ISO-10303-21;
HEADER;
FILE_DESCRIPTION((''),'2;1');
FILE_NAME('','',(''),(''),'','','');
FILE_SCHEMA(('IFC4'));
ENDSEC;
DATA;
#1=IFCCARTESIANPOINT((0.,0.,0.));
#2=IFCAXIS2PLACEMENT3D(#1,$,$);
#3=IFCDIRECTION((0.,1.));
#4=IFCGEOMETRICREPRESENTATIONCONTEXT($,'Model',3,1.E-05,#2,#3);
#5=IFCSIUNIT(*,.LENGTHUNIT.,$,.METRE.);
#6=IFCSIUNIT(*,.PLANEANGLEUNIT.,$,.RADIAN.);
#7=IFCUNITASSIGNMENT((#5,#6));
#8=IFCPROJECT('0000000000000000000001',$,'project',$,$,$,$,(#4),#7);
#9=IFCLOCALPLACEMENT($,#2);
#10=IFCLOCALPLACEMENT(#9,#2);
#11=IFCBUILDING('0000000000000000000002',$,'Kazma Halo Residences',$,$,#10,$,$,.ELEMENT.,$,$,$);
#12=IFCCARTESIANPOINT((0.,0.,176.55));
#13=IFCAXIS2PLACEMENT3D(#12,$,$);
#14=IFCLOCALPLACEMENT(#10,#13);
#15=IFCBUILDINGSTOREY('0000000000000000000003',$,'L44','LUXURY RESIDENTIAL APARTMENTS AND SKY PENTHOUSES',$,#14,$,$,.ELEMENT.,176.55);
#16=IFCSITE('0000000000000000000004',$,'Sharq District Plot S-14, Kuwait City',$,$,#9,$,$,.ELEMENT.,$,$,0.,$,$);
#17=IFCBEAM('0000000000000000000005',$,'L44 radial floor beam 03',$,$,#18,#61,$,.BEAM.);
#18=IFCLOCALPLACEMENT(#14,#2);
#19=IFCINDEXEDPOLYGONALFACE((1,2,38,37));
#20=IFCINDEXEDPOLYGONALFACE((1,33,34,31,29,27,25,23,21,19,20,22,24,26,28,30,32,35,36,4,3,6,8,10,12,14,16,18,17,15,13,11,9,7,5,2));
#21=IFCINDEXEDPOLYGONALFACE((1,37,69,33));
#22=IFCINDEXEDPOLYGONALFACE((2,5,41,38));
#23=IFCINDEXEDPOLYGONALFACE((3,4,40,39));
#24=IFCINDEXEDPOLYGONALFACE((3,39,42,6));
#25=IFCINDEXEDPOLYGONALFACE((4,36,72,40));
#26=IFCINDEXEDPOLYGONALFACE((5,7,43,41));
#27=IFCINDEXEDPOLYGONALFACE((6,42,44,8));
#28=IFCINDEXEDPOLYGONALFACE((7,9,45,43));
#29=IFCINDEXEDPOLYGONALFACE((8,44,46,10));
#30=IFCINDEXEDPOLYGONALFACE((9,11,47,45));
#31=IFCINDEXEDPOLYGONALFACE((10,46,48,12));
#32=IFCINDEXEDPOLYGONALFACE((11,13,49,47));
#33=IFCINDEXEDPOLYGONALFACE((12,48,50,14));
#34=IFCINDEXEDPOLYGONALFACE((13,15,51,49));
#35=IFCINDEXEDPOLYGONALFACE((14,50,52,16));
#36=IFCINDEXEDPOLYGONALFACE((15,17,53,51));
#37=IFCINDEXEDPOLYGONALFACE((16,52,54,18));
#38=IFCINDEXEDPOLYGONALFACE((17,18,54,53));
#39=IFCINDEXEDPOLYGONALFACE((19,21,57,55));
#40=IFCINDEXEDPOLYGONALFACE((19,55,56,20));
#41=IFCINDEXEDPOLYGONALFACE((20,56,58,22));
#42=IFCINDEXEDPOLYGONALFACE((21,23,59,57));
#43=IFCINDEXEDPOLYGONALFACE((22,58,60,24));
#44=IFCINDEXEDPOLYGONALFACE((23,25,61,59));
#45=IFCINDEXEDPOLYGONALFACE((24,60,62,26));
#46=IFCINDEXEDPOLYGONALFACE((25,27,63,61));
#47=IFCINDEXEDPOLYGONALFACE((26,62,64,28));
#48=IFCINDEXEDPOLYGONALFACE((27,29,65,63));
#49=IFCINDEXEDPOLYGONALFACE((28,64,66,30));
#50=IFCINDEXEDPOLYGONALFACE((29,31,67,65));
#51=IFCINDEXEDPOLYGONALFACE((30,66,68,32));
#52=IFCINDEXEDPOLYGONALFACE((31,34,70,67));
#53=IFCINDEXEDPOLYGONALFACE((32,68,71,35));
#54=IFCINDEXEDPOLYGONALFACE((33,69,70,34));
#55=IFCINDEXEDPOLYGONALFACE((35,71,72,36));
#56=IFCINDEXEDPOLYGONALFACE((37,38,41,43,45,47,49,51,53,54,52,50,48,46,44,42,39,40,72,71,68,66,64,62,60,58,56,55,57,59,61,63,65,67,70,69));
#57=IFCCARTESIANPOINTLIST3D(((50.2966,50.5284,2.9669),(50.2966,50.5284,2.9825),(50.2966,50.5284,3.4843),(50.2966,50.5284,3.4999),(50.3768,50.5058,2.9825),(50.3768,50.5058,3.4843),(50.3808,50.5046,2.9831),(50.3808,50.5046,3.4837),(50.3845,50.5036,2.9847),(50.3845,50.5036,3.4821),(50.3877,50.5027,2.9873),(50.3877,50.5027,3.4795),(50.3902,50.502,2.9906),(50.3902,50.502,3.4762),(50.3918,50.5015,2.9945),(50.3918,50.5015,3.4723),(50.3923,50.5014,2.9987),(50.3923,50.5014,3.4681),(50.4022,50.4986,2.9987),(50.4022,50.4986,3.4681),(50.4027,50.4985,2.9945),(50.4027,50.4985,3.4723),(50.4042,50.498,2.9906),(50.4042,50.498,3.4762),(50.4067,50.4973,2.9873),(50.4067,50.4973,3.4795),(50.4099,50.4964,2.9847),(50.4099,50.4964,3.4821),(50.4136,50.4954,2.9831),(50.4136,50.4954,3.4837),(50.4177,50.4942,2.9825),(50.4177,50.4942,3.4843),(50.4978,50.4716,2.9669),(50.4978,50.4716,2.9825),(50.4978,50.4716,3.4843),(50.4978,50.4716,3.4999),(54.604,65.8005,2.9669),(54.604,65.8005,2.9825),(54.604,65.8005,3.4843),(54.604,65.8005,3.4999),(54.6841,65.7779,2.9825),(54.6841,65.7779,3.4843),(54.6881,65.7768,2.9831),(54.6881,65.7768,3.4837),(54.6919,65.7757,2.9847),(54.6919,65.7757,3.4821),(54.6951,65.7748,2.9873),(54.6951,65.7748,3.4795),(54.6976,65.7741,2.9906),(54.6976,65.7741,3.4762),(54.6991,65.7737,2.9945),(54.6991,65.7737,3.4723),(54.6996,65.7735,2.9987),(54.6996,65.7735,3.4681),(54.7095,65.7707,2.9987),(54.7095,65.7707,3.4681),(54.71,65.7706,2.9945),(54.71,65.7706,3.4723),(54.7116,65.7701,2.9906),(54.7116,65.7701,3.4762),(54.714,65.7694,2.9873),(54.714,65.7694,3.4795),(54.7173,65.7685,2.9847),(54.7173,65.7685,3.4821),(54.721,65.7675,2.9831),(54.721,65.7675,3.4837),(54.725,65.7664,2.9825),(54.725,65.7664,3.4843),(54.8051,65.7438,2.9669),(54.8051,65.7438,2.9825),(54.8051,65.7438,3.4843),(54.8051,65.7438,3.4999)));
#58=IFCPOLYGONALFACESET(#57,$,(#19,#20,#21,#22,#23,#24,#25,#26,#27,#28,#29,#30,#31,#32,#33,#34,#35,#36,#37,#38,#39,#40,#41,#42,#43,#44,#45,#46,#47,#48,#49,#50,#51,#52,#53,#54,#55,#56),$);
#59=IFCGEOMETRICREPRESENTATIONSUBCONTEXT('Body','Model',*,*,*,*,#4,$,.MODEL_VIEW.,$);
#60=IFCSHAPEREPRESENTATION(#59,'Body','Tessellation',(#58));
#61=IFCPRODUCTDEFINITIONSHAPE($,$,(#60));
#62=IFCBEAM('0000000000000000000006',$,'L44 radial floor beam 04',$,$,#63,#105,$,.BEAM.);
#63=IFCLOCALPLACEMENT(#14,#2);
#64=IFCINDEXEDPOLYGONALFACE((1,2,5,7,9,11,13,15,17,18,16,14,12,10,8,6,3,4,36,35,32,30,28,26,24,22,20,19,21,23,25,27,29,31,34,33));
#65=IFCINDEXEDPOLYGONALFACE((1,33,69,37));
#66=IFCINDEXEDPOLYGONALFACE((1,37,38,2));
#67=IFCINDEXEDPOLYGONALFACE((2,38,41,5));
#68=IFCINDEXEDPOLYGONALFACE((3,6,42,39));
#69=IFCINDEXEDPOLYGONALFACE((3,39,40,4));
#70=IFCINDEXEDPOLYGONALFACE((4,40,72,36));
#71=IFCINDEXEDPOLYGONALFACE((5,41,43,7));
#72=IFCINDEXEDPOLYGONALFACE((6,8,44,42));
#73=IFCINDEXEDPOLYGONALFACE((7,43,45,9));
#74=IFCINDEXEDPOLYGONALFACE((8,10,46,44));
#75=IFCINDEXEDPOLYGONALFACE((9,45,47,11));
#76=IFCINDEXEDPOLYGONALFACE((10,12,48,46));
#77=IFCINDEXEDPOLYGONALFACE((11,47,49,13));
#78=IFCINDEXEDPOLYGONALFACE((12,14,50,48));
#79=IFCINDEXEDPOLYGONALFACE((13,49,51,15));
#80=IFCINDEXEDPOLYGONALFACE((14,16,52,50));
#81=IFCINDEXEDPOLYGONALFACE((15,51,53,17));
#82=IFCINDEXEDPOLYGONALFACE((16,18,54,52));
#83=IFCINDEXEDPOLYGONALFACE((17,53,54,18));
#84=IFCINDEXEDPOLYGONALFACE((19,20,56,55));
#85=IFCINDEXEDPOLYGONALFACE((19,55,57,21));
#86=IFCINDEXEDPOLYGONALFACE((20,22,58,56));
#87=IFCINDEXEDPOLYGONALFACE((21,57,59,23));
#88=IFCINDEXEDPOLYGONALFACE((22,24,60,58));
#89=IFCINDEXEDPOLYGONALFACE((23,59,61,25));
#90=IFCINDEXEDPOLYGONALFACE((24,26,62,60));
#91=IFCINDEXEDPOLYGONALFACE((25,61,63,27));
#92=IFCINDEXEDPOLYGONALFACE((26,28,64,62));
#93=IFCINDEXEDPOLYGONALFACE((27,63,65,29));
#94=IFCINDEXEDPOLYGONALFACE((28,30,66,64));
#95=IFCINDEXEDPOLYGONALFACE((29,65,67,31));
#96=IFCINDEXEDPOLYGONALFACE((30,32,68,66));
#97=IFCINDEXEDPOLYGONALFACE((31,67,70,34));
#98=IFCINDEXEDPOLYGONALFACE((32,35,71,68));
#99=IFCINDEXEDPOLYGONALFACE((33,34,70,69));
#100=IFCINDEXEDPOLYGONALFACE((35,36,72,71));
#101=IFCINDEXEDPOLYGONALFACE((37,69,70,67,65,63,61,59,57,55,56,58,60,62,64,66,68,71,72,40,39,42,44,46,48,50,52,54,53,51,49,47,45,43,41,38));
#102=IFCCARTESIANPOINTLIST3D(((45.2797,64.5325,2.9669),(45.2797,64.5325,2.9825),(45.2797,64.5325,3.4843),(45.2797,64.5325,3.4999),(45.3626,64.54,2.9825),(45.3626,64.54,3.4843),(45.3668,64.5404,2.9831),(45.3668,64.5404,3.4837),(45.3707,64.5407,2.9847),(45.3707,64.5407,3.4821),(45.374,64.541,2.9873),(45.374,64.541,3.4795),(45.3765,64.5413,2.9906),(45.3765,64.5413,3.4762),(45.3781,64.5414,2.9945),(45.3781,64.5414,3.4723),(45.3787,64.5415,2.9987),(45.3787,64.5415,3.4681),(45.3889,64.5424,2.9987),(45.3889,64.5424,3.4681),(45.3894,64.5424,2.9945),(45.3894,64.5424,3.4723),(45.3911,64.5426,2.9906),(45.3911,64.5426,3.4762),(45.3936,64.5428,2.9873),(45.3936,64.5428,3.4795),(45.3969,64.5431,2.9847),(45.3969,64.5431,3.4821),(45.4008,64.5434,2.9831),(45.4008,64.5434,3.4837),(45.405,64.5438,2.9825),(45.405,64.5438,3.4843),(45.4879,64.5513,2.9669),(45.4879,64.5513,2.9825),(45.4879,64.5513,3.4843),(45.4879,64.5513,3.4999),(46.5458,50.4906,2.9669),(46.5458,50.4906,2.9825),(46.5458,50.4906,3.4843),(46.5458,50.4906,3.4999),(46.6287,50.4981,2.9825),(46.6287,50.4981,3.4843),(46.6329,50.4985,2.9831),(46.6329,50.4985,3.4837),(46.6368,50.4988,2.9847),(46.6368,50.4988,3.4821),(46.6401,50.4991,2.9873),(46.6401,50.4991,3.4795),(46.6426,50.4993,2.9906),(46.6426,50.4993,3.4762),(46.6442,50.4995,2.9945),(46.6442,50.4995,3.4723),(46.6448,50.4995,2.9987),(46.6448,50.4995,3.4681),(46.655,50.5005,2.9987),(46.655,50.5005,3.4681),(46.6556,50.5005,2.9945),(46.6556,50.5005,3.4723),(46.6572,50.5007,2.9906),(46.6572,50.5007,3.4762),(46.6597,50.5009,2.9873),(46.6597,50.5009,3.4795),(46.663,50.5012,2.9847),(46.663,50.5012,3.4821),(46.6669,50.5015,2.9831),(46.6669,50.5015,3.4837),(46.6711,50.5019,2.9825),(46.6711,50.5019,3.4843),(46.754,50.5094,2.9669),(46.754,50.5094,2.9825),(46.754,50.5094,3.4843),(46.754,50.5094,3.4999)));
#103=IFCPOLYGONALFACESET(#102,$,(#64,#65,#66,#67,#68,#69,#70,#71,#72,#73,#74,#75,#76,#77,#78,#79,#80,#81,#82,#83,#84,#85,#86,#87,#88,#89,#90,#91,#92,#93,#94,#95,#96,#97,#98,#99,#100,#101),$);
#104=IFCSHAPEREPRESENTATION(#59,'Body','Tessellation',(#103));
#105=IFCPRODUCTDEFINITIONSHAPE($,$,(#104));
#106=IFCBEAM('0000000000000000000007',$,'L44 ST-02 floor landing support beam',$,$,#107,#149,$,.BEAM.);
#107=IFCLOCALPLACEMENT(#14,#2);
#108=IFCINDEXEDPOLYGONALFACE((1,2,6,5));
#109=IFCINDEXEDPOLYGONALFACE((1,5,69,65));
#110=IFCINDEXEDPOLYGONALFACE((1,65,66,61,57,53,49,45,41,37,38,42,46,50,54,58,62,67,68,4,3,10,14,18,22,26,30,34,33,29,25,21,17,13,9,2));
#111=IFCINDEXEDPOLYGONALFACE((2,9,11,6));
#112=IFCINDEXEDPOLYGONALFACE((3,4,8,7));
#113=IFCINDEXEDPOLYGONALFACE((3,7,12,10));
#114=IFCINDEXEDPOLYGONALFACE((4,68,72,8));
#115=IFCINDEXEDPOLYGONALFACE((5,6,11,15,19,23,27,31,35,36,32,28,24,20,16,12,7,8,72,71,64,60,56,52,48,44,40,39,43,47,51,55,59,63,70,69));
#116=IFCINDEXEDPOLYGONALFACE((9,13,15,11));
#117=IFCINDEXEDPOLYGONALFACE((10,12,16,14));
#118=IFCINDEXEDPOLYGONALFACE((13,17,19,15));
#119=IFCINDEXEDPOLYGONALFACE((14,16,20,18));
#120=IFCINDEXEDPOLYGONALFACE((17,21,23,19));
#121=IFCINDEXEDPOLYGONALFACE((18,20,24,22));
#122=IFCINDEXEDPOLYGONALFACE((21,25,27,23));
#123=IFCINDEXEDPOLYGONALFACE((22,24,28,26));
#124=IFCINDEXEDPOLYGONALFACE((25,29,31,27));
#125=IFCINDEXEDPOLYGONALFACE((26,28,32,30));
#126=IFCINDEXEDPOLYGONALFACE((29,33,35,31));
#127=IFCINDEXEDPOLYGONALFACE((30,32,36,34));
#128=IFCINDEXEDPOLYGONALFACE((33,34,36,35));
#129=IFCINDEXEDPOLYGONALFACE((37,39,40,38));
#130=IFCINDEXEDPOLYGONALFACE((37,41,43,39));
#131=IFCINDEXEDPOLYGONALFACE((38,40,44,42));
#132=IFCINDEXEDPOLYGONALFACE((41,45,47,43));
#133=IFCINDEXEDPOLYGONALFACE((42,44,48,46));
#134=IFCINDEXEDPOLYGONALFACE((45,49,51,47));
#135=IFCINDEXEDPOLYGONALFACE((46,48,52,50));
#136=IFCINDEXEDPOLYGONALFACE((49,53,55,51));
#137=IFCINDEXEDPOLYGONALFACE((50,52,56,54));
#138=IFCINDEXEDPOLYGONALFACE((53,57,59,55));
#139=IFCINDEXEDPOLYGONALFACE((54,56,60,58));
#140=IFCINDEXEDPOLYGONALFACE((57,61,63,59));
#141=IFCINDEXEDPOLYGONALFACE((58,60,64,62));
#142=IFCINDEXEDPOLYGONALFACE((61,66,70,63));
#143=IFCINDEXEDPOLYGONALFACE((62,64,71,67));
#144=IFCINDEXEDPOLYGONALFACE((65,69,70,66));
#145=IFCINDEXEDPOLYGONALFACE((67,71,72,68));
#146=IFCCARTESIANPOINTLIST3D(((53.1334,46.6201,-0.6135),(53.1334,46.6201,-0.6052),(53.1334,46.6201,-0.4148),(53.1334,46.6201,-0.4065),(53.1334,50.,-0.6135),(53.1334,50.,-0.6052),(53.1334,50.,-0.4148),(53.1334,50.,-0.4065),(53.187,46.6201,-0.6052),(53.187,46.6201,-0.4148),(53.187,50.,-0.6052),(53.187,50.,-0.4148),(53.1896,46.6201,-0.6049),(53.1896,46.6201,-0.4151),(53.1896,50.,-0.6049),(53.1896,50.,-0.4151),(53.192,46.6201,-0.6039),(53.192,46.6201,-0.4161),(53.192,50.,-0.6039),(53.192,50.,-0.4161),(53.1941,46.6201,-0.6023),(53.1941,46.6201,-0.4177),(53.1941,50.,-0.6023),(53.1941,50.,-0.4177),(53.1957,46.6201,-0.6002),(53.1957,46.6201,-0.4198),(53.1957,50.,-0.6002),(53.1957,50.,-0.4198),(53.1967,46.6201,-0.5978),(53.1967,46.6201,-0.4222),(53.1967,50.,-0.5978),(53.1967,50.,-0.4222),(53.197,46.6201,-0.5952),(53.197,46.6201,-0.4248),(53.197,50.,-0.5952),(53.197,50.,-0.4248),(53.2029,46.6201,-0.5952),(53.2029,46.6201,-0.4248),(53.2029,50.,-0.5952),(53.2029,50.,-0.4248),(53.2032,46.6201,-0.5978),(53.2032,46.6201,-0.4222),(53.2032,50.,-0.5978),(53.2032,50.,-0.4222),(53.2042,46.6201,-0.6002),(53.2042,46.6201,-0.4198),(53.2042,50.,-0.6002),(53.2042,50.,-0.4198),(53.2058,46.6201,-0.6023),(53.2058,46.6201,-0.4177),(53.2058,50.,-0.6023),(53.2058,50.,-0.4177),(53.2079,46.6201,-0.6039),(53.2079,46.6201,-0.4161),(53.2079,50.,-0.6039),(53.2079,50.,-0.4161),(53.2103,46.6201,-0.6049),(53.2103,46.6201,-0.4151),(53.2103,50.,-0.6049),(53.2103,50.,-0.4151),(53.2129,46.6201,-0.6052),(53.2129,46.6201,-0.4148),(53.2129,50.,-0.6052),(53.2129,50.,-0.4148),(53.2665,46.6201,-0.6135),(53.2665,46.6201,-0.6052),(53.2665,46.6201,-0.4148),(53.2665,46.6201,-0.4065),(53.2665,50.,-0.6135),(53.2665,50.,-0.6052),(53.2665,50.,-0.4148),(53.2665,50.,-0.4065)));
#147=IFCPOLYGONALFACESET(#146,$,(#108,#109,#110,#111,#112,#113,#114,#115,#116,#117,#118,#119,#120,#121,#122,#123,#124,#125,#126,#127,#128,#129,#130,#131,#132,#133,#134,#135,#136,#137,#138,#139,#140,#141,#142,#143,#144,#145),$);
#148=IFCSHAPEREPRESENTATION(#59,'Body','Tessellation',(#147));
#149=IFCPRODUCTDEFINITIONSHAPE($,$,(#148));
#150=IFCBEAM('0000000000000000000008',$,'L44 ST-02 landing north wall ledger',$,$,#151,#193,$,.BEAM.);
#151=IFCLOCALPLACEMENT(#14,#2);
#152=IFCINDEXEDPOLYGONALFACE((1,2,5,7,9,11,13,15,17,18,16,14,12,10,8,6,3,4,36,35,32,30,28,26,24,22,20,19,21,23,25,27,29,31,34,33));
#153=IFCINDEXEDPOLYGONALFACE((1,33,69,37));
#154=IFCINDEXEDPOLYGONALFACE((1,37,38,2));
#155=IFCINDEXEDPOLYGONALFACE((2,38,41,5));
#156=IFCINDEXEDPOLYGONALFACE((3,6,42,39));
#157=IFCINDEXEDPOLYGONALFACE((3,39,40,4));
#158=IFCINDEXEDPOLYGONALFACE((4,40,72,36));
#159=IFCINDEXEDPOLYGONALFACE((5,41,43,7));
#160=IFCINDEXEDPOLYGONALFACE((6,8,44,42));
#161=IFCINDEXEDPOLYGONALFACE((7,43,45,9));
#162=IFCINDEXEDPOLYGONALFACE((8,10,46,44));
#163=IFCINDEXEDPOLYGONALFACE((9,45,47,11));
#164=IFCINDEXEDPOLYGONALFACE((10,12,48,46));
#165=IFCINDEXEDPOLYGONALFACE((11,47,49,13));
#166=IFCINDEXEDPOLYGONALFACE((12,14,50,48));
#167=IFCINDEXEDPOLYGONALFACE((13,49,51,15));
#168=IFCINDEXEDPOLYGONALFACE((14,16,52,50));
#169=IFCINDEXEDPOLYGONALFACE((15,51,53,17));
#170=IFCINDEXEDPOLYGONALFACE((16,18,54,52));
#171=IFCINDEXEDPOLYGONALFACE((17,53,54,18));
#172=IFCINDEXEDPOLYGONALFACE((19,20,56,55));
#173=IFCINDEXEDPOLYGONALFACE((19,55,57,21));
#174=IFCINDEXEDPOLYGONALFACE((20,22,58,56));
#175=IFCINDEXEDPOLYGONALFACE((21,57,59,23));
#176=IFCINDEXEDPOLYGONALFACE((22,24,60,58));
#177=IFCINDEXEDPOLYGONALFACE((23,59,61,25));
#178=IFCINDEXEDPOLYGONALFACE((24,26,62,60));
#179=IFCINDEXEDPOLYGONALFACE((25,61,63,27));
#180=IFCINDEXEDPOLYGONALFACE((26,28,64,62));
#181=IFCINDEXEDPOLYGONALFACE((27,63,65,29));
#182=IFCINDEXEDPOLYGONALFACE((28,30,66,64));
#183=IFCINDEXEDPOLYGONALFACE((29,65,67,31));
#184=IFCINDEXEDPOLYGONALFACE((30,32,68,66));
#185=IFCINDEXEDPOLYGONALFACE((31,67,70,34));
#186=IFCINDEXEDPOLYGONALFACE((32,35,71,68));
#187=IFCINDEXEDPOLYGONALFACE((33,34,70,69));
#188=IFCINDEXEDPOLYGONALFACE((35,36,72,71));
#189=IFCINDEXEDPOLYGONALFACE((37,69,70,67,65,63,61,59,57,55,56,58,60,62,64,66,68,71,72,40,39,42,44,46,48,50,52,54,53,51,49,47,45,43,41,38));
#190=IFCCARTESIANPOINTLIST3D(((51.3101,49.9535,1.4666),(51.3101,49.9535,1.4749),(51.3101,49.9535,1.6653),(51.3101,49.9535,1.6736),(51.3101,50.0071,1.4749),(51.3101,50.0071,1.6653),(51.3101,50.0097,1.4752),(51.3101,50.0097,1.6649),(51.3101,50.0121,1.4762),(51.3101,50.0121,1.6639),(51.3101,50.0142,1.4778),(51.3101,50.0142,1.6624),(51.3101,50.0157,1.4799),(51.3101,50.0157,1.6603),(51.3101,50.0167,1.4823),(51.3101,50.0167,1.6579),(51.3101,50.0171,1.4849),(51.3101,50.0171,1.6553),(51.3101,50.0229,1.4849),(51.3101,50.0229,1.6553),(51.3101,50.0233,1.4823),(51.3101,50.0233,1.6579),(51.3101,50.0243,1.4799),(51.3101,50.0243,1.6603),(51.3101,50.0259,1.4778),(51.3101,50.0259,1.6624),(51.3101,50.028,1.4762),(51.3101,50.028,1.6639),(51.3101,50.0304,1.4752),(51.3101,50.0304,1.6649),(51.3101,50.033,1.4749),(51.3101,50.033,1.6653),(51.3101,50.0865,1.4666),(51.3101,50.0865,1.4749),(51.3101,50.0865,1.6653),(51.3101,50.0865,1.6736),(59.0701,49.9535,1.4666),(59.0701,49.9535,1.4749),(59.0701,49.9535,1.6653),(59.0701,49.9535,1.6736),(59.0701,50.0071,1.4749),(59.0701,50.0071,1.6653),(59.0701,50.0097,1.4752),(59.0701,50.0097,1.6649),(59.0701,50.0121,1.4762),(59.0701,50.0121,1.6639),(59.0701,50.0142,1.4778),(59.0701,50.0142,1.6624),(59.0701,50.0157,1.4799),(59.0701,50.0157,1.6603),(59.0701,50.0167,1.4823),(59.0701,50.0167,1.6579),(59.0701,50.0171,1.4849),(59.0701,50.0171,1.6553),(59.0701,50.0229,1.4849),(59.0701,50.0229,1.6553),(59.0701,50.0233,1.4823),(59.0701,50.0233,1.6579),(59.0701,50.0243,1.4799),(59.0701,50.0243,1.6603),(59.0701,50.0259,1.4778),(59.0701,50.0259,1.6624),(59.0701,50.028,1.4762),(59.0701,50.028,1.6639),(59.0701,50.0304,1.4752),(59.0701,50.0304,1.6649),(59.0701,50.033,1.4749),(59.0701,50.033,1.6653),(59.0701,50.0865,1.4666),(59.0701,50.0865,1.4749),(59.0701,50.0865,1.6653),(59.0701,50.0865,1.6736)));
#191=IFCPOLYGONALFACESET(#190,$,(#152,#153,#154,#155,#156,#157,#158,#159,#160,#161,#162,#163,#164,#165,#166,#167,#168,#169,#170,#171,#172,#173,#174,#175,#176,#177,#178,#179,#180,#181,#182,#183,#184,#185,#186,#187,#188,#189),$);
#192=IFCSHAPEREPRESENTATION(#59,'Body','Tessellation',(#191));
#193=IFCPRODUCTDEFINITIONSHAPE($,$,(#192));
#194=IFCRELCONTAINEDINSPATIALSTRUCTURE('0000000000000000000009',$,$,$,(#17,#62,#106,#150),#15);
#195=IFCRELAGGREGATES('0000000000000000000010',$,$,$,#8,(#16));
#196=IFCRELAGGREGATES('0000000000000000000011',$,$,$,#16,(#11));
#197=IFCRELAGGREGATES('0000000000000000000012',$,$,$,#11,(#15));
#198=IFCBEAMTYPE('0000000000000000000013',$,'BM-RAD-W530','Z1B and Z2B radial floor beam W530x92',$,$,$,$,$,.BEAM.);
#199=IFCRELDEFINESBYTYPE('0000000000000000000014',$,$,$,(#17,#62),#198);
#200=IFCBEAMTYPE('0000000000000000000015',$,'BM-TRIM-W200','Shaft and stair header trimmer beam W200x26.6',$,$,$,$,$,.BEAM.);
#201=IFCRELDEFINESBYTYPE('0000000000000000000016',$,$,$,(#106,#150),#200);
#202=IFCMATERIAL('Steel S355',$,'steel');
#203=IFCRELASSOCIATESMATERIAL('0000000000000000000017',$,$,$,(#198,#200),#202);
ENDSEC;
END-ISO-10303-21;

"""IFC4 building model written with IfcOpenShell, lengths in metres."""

from ifc_helpers import new_model, si_unit, direction, frame, origin, origin_2d, place, context, subcontext, project, spatial, i_section, extrude, material, material_profile, profile_set, type_object, element, save


model = new_model("IFC4")

# Units and contexts
model_context = context("Model", 3, precision=1e-05, world=origin(), true_north=direction((0.0, 1.0)))
body_context = subcontext(model_context, "Body", "Model", "MODEL_VIEW")
ifc_project = project(units=[si_unit("LENGTHUNIT", "METRE"), si_unit("PLANEANGLEUNIT", "RADIAN")], contexts=[model_context])

# Site, building, storey
site_placement = place(None, origin())
site = spatial("IfcSite", under=ifc_project, at=site_placement, Name="Sharq District Plot S-14, Kuwait City", CompositionType="ELEMENT", RefElevation=0.0)
building_placement = place(site_placement, origin())
building = spatial("IfcBuilding", under=site, at=building_placement, Name="Kazma Halo Residences", CompositionType="ELEMENT")
storey_placement = place(building_placement, frame((0.0, 0.0, 176.55)))
storey = spatial("IfcBuildingStorey", under=building, at=storey_placement, Name="L44", Description="LUXURY RESIDENTIAL APARTMENTS AND SKY PENTHOUSES", CompositionType="ELEMENT", Elevation=176.55)

# Shared definitions
ifc_material_1 = material(Name="Steel S355", Category="steel")

# Beams
ifc_material_profile_1 = material_profile(ifc_material_1, i_section(OverallWidth=0.209, OverallDepth=0.533, WebThickness=0.0103, FlangeThickness=0.0156, FilletRadius=0.0161, at=origin_2d()), Name="W530x92")
ifc_profile_set_1 = profile_set([ifc_material_profile_1], Name="Steel S355")
beam_type_1 = type_object("IfcBeamType", Name="BM-RAD-W530", Description="Z1B and Z2B radial floor beam W530x92", PredefinedType="BEAM", material=ifc_profile_set_1)
beam_1_placement = place(storey_placement, frame((50.3972, 50.5, 3.2334), z_axis=(0.27145, 0.962453, 0.0), x_axis=(-0.962453, 0.27145, 0.0)))
element("IfcBeam", 1, at=beam_1_placement, inside=storey, type_object=beam_type_1, Name="L44 radial floor beam 03", PredefinedType="BEAM", context=body_context, shape_type="SweptSolid", body=[
    extrude(i_section(OverallWidth=0.209, OverallDepth=0.533, WebThickness=0.0103, FlangeThickness=0.0156, FilletRadius=0.0161, at=origin_2d()), origin(), (0.0, 0.0, 1.0), 15.8679),
])
beam_2_placement = place(storey_placement, frame((46.6499, 50.5, 3.2334), z_axis=(-0.089802, 0.99596, 0.0), x_axis=(-0.99596, -0.089802, 0.0)))
element("IfcBeam", 2, at=beam_2_placement, inside=storey, type_object=beam_type_1, Name="L44 radial floor beam 04", PredefinedType="BEAM", context=body_context, shape_type="SweptSolid", body=[
    extrude(i_section(OverallWidth=0.209, OverallDepth=0.533, WebThickness=0.0103, FlangeThickness=0.0156, FilletRadius=0.0161, at=origin_2d()), origin(), (0.0, 0.0, 1.0), 14.0989),
])
ifc_material_profile_2 = material_profile(ifc_material_1, i_section(OverallWidth=0.1331, OverallDepth=0.207, WebThickness=0.0059, FlangeThickness=0.0083, FilletRadius=0.01, at=origin_2d()), Name="W200x26.6")
ifc_profile_set_2 = profile_set([ifc_material_profile_2], Name="Steel S355")
beam_type_2 = type_object("IfcBeamType", Name="BM-TRIM-W200", Description="Shaft and stair header trimmer beam W200x26.6", PredefinedType="BEAM", material=ifc_profile_set_2)
beam_3_placement = place(storey_placement, frame((53.2, 46.6201, -0.51), z_axis=(0.0, 1.0, 0.0), x_axis=(-1.0, 0.0, 0.0)))
element("IfcBeam", 3, at=beam_3_placement, inside=storey, type_object=beam_type_2, Name="L44 ST-02 floor landing support beam", PredefinedType="BEAM", context=body_context, shape_type="SweptSolid", body=[
    extrude(i_section(OverallWidth=0.1331, OverallDepth=0.207, WebThickness=0.0059, FlangeThickness=0.0083, FilletRadius=0.01, at=origin_2d()), origin(), (0.0, 0.0, 1.0), 3.3799),
])
beam_4_placement = place(storey_placement, frame((51.3101, 50.02, 1.5701), z_axis=(1.0, 0.0, 0.0), x_axis=(0.0, 1.0, 0.0)))
element("IfcBeam", 4, at=beam_4_placement, inside=storey, type_object=beam_type_2, Name="L44 ST-02 landing north wall ledger", PredefinedType="BEAM", context=body_context, shape_type="SweptSolid", body=[
    extrude(i_section(OverallWidth=0.1331, OverallDepth=0.207, WebThickness=0.0059, FlangeThickness=0.0083, FilletRadius=0.01, at=origin_2d()), origin(), (0.0, 0.0, 1.0), 7.76),
])

save(model, "model.ifc")
